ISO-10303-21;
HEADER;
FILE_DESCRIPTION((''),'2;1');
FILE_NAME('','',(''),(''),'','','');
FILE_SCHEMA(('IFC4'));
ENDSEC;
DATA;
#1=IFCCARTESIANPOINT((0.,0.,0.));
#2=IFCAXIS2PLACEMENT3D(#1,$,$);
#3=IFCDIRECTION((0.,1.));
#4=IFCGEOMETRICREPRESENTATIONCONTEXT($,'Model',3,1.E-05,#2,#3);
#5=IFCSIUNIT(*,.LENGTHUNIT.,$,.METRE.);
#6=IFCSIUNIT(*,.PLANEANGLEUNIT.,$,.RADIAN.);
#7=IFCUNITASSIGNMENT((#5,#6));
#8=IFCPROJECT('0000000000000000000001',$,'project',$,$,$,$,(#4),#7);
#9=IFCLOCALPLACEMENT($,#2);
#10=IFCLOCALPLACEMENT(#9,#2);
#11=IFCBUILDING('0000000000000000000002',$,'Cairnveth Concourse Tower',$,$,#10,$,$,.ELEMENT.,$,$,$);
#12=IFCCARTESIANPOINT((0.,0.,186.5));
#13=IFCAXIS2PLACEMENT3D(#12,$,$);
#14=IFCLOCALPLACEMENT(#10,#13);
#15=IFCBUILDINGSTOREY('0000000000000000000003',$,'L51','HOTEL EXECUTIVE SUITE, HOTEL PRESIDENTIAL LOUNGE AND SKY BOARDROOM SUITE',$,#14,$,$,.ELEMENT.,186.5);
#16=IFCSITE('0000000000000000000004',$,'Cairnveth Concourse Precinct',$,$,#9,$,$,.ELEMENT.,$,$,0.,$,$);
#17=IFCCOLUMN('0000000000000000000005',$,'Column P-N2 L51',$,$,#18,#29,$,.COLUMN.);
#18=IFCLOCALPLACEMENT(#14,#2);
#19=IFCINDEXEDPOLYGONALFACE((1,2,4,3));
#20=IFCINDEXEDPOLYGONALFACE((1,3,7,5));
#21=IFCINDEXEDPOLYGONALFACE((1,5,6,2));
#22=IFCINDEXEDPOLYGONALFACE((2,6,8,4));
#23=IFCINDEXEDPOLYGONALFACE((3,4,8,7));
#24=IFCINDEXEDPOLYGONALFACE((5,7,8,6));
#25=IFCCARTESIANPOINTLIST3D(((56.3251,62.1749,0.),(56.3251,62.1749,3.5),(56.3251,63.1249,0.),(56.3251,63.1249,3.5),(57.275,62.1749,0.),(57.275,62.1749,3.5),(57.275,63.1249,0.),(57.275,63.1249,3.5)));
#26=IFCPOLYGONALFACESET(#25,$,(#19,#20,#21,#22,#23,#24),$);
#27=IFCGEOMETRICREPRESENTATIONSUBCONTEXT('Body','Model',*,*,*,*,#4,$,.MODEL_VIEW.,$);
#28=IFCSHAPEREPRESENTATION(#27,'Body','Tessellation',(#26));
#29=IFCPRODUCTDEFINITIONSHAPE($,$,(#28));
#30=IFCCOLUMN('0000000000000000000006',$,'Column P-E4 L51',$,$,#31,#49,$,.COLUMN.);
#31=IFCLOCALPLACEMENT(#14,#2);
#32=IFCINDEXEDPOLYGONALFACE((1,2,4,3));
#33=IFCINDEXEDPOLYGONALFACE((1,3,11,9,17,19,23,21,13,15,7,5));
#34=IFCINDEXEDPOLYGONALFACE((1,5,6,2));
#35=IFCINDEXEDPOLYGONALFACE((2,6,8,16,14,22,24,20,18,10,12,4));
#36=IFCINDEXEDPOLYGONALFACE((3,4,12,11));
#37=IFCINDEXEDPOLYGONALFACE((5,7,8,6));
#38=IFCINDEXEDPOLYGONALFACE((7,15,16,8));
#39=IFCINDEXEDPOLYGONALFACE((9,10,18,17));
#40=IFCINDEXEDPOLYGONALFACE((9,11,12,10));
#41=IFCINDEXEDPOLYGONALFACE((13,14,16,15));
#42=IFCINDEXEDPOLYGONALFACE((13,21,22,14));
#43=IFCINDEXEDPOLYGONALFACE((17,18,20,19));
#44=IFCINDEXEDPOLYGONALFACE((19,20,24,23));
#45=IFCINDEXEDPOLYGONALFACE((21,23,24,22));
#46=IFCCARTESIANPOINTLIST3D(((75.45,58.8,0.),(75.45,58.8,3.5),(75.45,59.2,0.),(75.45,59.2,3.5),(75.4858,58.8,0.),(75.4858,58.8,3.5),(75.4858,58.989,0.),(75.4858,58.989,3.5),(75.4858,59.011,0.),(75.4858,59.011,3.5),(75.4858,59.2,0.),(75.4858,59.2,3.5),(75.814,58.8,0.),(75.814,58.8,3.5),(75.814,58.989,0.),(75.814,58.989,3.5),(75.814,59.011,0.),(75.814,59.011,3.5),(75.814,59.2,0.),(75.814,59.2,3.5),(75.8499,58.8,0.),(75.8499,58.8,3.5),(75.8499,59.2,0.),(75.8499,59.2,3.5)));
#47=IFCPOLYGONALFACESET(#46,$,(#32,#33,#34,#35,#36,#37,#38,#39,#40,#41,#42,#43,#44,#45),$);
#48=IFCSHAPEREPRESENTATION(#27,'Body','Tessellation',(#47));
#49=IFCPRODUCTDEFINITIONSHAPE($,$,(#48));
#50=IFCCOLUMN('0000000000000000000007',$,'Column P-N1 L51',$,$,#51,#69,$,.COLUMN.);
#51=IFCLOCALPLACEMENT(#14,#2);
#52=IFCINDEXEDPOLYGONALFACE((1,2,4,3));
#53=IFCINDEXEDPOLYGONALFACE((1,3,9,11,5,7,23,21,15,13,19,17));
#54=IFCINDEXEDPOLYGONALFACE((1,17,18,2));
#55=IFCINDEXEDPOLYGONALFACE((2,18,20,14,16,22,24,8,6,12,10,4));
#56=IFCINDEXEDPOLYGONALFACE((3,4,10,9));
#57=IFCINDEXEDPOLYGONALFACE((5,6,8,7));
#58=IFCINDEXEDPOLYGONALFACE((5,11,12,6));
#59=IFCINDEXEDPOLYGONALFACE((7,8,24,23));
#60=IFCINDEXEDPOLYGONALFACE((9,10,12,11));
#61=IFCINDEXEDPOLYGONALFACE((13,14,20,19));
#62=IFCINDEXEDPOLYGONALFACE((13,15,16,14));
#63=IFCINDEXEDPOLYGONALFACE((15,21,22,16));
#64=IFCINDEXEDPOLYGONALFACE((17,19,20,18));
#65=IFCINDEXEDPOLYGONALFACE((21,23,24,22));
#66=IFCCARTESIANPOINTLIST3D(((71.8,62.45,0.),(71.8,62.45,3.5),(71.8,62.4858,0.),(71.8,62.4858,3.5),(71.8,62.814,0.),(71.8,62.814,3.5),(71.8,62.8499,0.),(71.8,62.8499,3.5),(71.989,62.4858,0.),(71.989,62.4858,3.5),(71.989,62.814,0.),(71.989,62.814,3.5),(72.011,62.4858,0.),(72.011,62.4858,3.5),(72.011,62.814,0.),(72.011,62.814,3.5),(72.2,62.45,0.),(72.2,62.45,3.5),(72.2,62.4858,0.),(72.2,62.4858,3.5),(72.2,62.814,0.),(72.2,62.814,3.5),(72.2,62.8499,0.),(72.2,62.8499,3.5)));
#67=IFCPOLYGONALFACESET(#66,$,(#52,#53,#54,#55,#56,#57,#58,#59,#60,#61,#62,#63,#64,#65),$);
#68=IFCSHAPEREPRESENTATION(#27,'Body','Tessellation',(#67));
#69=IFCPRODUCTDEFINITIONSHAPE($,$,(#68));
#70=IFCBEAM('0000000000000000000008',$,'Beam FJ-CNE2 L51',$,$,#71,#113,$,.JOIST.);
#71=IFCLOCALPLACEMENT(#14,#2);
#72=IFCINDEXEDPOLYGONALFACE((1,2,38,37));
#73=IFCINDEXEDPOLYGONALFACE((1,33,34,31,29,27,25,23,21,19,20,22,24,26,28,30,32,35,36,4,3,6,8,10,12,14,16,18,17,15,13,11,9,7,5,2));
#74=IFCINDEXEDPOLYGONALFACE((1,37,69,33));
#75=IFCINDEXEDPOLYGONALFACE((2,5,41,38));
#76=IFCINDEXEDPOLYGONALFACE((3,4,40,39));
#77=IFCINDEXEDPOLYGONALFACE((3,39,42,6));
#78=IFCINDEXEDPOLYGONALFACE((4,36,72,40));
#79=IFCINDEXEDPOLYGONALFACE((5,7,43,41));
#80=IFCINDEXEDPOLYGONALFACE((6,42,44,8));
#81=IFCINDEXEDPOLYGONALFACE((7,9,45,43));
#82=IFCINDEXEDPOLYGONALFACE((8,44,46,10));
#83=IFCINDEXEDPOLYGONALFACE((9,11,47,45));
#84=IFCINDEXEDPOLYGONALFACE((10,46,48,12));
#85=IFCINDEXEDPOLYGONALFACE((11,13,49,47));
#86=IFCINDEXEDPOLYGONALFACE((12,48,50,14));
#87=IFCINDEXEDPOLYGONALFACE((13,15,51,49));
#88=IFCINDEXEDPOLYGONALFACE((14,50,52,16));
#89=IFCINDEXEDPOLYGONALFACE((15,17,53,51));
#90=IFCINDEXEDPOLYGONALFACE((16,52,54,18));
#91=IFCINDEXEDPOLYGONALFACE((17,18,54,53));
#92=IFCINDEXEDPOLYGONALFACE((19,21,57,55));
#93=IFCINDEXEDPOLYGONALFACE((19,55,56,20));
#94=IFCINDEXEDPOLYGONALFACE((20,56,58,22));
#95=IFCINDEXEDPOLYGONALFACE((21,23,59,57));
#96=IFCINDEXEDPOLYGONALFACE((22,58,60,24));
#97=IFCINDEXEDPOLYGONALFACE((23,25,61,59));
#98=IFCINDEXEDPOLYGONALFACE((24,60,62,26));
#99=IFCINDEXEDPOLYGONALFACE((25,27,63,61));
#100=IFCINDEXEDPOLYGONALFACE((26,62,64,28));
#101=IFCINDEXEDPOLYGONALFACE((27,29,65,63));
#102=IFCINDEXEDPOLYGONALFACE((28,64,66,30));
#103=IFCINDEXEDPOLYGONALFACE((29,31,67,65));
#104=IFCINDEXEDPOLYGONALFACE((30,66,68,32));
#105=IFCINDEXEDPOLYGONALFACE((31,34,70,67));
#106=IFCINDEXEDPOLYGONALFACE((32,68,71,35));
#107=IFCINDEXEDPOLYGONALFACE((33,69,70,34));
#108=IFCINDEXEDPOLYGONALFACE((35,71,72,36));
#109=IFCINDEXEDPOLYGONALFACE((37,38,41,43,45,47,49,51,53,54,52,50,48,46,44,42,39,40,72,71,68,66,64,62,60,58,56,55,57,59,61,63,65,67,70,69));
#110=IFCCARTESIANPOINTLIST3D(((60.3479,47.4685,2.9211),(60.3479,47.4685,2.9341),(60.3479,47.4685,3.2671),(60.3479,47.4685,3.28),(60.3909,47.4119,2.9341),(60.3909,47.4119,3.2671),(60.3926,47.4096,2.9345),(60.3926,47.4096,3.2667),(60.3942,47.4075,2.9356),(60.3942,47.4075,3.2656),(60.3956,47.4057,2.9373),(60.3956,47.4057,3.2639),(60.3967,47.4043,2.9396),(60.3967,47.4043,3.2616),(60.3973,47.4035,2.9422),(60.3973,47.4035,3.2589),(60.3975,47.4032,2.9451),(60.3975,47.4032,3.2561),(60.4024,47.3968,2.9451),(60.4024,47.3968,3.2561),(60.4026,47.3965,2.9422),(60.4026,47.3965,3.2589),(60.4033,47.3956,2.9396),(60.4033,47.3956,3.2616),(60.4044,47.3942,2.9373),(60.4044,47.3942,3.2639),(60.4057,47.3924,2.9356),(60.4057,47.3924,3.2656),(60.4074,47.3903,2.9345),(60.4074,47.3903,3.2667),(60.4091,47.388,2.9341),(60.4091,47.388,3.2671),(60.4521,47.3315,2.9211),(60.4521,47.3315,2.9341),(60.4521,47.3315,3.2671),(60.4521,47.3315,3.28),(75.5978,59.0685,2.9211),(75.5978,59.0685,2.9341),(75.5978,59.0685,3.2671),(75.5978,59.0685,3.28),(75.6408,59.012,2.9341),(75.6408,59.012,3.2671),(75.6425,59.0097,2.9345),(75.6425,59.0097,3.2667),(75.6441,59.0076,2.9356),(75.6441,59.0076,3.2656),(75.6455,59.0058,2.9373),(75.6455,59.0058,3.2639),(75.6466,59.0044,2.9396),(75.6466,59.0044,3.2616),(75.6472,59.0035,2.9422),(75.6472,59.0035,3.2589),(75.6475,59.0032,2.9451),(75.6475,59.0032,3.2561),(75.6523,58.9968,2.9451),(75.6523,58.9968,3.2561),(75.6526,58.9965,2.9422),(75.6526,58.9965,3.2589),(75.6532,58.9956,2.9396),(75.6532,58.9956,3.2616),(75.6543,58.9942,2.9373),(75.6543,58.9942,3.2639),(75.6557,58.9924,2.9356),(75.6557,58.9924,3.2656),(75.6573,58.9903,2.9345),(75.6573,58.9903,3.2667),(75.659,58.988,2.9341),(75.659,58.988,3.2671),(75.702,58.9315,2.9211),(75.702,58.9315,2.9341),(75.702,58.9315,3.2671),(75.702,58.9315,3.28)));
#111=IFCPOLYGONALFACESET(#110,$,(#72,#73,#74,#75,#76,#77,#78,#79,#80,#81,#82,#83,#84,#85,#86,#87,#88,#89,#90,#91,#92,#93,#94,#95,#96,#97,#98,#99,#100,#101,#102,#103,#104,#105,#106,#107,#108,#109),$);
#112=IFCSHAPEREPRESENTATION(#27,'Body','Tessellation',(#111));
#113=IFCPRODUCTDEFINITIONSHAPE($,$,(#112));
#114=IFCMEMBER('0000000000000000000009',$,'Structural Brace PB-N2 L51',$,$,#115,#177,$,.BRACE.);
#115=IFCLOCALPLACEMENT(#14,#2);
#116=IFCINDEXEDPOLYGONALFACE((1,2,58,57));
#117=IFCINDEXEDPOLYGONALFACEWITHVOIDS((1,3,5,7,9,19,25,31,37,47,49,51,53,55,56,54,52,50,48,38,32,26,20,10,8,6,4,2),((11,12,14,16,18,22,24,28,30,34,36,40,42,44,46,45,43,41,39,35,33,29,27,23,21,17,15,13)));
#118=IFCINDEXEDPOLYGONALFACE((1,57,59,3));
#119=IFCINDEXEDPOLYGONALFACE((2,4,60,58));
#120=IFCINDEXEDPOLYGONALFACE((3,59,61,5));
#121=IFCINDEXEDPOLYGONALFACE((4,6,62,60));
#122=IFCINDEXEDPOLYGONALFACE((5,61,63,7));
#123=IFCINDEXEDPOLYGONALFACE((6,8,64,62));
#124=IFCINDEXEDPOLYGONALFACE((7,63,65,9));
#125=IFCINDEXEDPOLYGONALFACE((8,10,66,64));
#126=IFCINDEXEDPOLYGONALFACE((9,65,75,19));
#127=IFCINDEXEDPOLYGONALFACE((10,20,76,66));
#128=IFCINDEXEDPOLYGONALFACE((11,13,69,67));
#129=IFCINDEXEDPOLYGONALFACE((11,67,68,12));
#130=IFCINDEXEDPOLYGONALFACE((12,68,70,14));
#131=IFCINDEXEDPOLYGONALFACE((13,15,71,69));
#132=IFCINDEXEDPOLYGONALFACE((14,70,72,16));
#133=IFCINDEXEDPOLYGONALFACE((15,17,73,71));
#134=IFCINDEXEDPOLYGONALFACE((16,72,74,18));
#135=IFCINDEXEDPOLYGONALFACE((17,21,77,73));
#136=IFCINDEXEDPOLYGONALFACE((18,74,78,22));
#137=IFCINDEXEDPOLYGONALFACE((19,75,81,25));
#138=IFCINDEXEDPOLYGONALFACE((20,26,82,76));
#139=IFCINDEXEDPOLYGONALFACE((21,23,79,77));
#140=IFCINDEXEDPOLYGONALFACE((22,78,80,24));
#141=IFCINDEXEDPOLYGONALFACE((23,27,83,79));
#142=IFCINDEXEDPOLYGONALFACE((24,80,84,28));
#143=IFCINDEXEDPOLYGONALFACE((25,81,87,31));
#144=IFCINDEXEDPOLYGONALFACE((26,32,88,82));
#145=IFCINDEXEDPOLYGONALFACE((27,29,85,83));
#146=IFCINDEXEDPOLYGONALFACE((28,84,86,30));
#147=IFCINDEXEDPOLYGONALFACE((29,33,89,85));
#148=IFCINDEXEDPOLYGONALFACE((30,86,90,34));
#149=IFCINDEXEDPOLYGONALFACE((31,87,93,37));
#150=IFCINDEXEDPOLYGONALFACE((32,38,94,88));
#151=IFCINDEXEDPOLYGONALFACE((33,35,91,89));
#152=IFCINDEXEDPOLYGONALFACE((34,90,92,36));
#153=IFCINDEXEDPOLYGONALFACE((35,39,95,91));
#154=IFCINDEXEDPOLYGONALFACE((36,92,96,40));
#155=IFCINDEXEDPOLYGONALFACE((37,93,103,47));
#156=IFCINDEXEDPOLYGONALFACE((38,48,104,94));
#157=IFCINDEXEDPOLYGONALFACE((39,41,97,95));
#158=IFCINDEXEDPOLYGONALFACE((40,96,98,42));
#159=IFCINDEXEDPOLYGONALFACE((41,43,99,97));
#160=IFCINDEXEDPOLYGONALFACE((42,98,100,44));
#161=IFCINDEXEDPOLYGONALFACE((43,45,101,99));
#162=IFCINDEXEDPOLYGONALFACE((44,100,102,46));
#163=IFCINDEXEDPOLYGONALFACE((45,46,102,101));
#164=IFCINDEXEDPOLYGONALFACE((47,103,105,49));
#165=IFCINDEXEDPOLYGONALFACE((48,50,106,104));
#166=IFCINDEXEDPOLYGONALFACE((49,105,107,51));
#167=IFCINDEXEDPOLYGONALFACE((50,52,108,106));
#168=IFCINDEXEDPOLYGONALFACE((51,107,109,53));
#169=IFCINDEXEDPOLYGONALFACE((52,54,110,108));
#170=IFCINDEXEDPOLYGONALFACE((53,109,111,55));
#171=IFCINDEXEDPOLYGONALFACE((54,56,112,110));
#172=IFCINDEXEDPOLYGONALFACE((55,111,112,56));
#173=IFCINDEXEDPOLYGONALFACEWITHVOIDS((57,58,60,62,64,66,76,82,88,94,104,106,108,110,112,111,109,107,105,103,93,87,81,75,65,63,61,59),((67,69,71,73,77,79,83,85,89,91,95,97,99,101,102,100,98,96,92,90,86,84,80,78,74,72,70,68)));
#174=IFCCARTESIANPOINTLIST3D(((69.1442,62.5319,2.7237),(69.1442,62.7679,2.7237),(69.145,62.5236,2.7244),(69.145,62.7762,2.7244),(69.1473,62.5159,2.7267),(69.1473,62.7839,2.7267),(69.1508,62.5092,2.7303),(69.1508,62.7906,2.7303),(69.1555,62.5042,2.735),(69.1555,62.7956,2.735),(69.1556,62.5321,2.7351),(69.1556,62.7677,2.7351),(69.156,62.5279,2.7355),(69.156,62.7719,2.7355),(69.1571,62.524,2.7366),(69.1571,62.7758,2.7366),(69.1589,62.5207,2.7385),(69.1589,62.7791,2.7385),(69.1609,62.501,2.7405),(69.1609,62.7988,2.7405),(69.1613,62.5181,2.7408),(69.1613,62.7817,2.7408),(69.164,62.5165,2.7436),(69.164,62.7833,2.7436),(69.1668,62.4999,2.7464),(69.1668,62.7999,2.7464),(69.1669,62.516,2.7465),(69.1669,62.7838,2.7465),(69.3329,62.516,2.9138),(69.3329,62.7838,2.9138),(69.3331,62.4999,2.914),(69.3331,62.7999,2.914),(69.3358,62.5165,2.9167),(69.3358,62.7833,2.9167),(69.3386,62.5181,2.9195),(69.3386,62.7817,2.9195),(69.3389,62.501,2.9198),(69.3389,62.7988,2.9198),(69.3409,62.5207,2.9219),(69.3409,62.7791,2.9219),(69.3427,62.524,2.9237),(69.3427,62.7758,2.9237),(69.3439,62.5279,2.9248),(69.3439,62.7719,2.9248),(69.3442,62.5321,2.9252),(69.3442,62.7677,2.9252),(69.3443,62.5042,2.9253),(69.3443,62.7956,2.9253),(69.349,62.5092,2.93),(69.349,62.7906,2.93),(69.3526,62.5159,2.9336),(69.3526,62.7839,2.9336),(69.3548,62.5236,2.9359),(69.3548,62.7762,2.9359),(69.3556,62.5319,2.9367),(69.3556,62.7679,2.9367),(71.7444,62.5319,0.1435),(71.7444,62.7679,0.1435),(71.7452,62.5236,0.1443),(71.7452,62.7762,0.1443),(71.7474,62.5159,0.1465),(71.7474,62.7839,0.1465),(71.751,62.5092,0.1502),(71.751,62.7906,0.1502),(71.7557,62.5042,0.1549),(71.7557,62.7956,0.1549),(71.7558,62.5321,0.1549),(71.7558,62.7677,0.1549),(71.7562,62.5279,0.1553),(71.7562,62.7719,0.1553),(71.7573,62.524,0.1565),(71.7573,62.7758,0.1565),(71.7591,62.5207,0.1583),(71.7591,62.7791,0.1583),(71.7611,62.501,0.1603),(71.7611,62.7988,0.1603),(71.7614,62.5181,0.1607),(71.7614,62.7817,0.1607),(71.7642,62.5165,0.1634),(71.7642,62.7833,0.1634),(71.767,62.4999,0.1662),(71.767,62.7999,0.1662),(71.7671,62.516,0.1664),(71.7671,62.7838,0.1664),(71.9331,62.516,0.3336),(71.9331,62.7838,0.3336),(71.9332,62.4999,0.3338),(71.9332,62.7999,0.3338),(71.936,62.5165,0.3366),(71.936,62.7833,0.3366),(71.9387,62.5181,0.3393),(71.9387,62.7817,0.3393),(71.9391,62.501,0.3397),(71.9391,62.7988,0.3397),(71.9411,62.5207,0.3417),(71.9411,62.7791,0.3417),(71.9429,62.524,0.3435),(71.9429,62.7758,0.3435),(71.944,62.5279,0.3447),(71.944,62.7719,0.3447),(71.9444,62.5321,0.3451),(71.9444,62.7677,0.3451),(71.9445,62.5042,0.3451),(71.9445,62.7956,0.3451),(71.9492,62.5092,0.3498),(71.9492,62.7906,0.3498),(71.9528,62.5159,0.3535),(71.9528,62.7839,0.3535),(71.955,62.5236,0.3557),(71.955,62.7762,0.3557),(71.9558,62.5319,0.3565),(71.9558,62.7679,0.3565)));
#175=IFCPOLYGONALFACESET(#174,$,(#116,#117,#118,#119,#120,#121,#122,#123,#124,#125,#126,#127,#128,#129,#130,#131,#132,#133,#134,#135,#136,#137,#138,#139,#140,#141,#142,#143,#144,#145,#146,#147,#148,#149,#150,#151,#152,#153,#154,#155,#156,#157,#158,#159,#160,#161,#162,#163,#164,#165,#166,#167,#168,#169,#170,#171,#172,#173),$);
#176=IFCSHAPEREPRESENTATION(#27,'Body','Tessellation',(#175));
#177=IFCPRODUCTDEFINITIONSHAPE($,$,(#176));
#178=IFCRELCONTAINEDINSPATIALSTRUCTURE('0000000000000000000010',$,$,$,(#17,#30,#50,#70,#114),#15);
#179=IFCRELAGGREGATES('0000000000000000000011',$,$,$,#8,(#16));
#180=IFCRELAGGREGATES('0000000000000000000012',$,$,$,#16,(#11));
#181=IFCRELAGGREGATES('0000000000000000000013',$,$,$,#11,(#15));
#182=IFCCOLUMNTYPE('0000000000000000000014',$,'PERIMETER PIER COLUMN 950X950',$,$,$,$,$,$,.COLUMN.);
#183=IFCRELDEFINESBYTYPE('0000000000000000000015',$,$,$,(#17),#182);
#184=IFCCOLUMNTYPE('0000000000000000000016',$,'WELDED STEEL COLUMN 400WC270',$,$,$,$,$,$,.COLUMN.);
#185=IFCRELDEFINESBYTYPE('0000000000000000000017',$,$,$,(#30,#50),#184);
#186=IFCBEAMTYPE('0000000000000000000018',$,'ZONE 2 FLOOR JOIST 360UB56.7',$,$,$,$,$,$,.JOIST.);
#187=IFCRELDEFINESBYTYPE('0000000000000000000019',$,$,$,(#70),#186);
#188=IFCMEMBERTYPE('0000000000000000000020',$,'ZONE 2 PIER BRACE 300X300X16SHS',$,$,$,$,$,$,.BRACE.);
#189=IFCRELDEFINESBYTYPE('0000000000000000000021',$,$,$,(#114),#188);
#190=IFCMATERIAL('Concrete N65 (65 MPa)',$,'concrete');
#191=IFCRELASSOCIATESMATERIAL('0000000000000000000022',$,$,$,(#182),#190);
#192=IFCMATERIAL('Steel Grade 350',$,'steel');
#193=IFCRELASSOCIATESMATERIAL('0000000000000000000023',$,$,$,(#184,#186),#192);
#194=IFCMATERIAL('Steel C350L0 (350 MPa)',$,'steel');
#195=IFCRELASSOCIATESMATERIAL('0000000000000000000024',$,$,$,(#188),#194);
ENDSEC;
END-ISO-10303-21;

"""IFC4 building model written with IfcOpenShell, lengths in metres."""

from ifc_helpers import new_model, si_unit, direction, frame, origin, origin_2d, place, context, subcontext, project, spatial, rectangle, hollow_rectangle, i_section, extrude, material, material_profile, profile_set, type_object, element, save


model = new_model("IFC4")

# Units and contexts
model_context = context("Model", 3, precision=1e-05, world=origin(), true_north=direction((0.0, 1.0)))
body_context = subcontext(model_context, "Body", "Model", "MODEL_VIEW")
ifc_project = project(units=[si_unit("LENGTHUNIT", "METRE"), si_unit("PLANEANGLEUNIT", "RADIAN")], contexts=[model_context])

# Site, building, storey
site_placement = place(None, origin())
site = spatial("IfcSite", under=ifc_project, at=site_placement, Name="Cairnveth Concourse Precinct", CompositionType="ELEMENT", RefElevation=0.0)
building_placement = place(site_placement, origin())
building = spatial("IfcBuilding", under=site, at=building_placement, Name="Cairnveth Concourse Tower", CompositionType="ELEMENT")
storey_placement = place(building_placement, frame((0.0, 0.0, 186.5)))
storey = spatial("IfcBuildingStorey", under=building, at=storey_placement, Name="L51", Description="HOTEL EXECUTIVE SUITE, HOTEL PRESIDENTIAL LOUNGE AND SKY BOARDROOM SUITE", CompositionType="ELEMENT", Elevation=186.5)

# Columns
ifc_material_1 = material(Name="Concrete N65 (65 MPa)", Category="concrete")
ifc_material_profile_1 = material_profile(ifc_material_1, rectangle(XDim=0.95, YDim=0.95, at=origin_2d()), Name="RC-COL-950x950")
ifc_profile_set_1 = profile_set([ifc_material_profile_1], Name="Concrete N65 (65 MPa)")
column_type_1 = type_object("IfcColumnType", Name="PERIMETER PIER COLUMN 950X950", PredefinedType="COLUMN", material=ifc_profile_set_1)
column_placement = place(storey_placement, frame((56.8, 62.6499, 0.0), z_axis=(0.0, 0.0, 1.0), x_axis=(1.0, 0.0, 0.0)))
element("IfcColumn", 1, at=column_placement, inside=storey, type_object=column_type_1, Name="Column P-N2 L51", PredefinedType="COLUMN", context=body_context, shape_type="SweptSolid", body=[
    extrude(rectangle(XDim=0.95, YDim=0.95, at=origin_2d()), origin(), (0.0, 0.0, 1.0), 3.5),
])
ifc_material_2 = material(Name="Steel Grade 350", Category="steel")
ifc_material_profile_2 = material_profile(ifc_material_2, i_section(OverallWidth=0.3999, OverallDepth=0.3999, WebThickness=0.022, FlangeThickness=0.0359, at=origin_2d()), Name="400WC270")
ifc_profile_set_2 = profile_set([ifc_material_profile_2], Name="Steel Grade 350")
column_type_2 = type_object("IfcColumnType", Name="WELDED STEEL COLUMN 400WC270", PredefinedType="COLUMN", material=ifc_profile_set_2)
for number, where, z_axis, x_axis, name in (
    (2, (75.6499, 59.0, 0.0), (0.0, 0.0, 1.0), (0.0, 1.0, 0.0), "Column P-E4 L51"),
    (3, (72.0, 62.6499, 0.0), (0.0, 0.0, 1.0), (1.0, 0.0, 0.0), "Column P-N1 L51"),
):
    element("IfcColumn", number, at=place(storey_placement, frame(where, z_axis=z_axis, x_axis=x_axis)), inside=storey, type_object=column_type_2, Name=name, PredefinedType="COLUMN", context=body_context, shape_type="SweptSolid", body=[
        extrude(i_section(OverallWidth=0.3999, OverallDepth=0.3999, WebThickness=0.022, FlangeThickness=0.0359, at=origin_2d()), origin(), (0.0, 0.0, 1.0), 3.5),
    ])

# Beam
ifc_material_profile_3 = material_profile(ifc_material_2, i_section(OverallWidth=0.1721, OverallDepth=0.3589, WebThickness=0.0081, FlangeThickness=0.0129, FilletRadius=0.011, at=origin_2d()), Name="360UB56.7")
ifc_profile_set_3 = profile_set([ifc_material_profile_3], Name="Steel Grade 350")
beam_type_1 = type_object("IfcBeamType", Name="ZONE 2 FLOOR JOIST 360UB56.7", PredefinedType="JOIST", material=ifc_profile_set_3)
beam_1_placement = place(storey_placement, frame((75.6499, 59.0, 3.1006), z_axis=(-0.795908, -0.605417, 0.0), x_axis=(0.605417, -0.795908, 0.0)))
element("IfcBeam", 4, at=beam_1_placement, inside=storey, type_object=beam_type_1, Name="Beam FJ-CNE2 L51", PredefinedType="JOIST", context=body_context, shape_type="SweptSolid", body=[
    extrude(i_section(OverallWidth=0.1721, OverallDepth=0.3589, WebThickness=0.0081, FlangeThickness=0.0129, FilletRadius=0.011, at=origin_2d()), origin(), (0.0, 0.0, 1.0), 19.1604),
])

# Member
ifc_material_3 = material(Name="Steel C350L0 (350 MPa)", Category="steel")
ifc_material_profile_4 = material_profile(ifc_material_3, hollow_rectangle(XDim=0.3, YDim=0.3, WallThickness=0.0161, InnerFilletRadius=0.0161, OuterFilletRadius=0.032, at=origin_2d()), Name="300x300x16.0SHS")
ifc_profile_set_4 = profile_set([ifc_material_profile_4], Name="Steel C350L0 (350 MPa)")
member_type = type_object("IfcMemberType", Name="ZONE 2 PIER BRACE 300X300X16SHS", PredefinedType="BRACE", material=ifc_profile_set_4)
for number, where, z_axis, x_axis, name in (
    (5, (71.8501, 62.6499, 0.25), (-0.709834, 0.0, 0.704369), (0.0, -1.0, 0.0), "Structural Brace PB-N2 L51"),
):
    element("IfcMember", number, at=place(storey_placement, frame(where, z_axis=z_axis, x_axis=x_axis)), inside=storey, type_object=member_type, Name=name, PredefinedType="BRACE", context=body_context, shape_type="SweptSolid", body=[
        extrude(hollow_rectangle(XDim=0.3, YDim=0.3, WallThickness=0.0161, InnerFilletRadius=0.0161, OuterFilletRadius=0.032, at=origin_2d()), origin(), (0.0, 0.0, 1.0), 3.6631),
    ])

save(model, "model.ifc")
